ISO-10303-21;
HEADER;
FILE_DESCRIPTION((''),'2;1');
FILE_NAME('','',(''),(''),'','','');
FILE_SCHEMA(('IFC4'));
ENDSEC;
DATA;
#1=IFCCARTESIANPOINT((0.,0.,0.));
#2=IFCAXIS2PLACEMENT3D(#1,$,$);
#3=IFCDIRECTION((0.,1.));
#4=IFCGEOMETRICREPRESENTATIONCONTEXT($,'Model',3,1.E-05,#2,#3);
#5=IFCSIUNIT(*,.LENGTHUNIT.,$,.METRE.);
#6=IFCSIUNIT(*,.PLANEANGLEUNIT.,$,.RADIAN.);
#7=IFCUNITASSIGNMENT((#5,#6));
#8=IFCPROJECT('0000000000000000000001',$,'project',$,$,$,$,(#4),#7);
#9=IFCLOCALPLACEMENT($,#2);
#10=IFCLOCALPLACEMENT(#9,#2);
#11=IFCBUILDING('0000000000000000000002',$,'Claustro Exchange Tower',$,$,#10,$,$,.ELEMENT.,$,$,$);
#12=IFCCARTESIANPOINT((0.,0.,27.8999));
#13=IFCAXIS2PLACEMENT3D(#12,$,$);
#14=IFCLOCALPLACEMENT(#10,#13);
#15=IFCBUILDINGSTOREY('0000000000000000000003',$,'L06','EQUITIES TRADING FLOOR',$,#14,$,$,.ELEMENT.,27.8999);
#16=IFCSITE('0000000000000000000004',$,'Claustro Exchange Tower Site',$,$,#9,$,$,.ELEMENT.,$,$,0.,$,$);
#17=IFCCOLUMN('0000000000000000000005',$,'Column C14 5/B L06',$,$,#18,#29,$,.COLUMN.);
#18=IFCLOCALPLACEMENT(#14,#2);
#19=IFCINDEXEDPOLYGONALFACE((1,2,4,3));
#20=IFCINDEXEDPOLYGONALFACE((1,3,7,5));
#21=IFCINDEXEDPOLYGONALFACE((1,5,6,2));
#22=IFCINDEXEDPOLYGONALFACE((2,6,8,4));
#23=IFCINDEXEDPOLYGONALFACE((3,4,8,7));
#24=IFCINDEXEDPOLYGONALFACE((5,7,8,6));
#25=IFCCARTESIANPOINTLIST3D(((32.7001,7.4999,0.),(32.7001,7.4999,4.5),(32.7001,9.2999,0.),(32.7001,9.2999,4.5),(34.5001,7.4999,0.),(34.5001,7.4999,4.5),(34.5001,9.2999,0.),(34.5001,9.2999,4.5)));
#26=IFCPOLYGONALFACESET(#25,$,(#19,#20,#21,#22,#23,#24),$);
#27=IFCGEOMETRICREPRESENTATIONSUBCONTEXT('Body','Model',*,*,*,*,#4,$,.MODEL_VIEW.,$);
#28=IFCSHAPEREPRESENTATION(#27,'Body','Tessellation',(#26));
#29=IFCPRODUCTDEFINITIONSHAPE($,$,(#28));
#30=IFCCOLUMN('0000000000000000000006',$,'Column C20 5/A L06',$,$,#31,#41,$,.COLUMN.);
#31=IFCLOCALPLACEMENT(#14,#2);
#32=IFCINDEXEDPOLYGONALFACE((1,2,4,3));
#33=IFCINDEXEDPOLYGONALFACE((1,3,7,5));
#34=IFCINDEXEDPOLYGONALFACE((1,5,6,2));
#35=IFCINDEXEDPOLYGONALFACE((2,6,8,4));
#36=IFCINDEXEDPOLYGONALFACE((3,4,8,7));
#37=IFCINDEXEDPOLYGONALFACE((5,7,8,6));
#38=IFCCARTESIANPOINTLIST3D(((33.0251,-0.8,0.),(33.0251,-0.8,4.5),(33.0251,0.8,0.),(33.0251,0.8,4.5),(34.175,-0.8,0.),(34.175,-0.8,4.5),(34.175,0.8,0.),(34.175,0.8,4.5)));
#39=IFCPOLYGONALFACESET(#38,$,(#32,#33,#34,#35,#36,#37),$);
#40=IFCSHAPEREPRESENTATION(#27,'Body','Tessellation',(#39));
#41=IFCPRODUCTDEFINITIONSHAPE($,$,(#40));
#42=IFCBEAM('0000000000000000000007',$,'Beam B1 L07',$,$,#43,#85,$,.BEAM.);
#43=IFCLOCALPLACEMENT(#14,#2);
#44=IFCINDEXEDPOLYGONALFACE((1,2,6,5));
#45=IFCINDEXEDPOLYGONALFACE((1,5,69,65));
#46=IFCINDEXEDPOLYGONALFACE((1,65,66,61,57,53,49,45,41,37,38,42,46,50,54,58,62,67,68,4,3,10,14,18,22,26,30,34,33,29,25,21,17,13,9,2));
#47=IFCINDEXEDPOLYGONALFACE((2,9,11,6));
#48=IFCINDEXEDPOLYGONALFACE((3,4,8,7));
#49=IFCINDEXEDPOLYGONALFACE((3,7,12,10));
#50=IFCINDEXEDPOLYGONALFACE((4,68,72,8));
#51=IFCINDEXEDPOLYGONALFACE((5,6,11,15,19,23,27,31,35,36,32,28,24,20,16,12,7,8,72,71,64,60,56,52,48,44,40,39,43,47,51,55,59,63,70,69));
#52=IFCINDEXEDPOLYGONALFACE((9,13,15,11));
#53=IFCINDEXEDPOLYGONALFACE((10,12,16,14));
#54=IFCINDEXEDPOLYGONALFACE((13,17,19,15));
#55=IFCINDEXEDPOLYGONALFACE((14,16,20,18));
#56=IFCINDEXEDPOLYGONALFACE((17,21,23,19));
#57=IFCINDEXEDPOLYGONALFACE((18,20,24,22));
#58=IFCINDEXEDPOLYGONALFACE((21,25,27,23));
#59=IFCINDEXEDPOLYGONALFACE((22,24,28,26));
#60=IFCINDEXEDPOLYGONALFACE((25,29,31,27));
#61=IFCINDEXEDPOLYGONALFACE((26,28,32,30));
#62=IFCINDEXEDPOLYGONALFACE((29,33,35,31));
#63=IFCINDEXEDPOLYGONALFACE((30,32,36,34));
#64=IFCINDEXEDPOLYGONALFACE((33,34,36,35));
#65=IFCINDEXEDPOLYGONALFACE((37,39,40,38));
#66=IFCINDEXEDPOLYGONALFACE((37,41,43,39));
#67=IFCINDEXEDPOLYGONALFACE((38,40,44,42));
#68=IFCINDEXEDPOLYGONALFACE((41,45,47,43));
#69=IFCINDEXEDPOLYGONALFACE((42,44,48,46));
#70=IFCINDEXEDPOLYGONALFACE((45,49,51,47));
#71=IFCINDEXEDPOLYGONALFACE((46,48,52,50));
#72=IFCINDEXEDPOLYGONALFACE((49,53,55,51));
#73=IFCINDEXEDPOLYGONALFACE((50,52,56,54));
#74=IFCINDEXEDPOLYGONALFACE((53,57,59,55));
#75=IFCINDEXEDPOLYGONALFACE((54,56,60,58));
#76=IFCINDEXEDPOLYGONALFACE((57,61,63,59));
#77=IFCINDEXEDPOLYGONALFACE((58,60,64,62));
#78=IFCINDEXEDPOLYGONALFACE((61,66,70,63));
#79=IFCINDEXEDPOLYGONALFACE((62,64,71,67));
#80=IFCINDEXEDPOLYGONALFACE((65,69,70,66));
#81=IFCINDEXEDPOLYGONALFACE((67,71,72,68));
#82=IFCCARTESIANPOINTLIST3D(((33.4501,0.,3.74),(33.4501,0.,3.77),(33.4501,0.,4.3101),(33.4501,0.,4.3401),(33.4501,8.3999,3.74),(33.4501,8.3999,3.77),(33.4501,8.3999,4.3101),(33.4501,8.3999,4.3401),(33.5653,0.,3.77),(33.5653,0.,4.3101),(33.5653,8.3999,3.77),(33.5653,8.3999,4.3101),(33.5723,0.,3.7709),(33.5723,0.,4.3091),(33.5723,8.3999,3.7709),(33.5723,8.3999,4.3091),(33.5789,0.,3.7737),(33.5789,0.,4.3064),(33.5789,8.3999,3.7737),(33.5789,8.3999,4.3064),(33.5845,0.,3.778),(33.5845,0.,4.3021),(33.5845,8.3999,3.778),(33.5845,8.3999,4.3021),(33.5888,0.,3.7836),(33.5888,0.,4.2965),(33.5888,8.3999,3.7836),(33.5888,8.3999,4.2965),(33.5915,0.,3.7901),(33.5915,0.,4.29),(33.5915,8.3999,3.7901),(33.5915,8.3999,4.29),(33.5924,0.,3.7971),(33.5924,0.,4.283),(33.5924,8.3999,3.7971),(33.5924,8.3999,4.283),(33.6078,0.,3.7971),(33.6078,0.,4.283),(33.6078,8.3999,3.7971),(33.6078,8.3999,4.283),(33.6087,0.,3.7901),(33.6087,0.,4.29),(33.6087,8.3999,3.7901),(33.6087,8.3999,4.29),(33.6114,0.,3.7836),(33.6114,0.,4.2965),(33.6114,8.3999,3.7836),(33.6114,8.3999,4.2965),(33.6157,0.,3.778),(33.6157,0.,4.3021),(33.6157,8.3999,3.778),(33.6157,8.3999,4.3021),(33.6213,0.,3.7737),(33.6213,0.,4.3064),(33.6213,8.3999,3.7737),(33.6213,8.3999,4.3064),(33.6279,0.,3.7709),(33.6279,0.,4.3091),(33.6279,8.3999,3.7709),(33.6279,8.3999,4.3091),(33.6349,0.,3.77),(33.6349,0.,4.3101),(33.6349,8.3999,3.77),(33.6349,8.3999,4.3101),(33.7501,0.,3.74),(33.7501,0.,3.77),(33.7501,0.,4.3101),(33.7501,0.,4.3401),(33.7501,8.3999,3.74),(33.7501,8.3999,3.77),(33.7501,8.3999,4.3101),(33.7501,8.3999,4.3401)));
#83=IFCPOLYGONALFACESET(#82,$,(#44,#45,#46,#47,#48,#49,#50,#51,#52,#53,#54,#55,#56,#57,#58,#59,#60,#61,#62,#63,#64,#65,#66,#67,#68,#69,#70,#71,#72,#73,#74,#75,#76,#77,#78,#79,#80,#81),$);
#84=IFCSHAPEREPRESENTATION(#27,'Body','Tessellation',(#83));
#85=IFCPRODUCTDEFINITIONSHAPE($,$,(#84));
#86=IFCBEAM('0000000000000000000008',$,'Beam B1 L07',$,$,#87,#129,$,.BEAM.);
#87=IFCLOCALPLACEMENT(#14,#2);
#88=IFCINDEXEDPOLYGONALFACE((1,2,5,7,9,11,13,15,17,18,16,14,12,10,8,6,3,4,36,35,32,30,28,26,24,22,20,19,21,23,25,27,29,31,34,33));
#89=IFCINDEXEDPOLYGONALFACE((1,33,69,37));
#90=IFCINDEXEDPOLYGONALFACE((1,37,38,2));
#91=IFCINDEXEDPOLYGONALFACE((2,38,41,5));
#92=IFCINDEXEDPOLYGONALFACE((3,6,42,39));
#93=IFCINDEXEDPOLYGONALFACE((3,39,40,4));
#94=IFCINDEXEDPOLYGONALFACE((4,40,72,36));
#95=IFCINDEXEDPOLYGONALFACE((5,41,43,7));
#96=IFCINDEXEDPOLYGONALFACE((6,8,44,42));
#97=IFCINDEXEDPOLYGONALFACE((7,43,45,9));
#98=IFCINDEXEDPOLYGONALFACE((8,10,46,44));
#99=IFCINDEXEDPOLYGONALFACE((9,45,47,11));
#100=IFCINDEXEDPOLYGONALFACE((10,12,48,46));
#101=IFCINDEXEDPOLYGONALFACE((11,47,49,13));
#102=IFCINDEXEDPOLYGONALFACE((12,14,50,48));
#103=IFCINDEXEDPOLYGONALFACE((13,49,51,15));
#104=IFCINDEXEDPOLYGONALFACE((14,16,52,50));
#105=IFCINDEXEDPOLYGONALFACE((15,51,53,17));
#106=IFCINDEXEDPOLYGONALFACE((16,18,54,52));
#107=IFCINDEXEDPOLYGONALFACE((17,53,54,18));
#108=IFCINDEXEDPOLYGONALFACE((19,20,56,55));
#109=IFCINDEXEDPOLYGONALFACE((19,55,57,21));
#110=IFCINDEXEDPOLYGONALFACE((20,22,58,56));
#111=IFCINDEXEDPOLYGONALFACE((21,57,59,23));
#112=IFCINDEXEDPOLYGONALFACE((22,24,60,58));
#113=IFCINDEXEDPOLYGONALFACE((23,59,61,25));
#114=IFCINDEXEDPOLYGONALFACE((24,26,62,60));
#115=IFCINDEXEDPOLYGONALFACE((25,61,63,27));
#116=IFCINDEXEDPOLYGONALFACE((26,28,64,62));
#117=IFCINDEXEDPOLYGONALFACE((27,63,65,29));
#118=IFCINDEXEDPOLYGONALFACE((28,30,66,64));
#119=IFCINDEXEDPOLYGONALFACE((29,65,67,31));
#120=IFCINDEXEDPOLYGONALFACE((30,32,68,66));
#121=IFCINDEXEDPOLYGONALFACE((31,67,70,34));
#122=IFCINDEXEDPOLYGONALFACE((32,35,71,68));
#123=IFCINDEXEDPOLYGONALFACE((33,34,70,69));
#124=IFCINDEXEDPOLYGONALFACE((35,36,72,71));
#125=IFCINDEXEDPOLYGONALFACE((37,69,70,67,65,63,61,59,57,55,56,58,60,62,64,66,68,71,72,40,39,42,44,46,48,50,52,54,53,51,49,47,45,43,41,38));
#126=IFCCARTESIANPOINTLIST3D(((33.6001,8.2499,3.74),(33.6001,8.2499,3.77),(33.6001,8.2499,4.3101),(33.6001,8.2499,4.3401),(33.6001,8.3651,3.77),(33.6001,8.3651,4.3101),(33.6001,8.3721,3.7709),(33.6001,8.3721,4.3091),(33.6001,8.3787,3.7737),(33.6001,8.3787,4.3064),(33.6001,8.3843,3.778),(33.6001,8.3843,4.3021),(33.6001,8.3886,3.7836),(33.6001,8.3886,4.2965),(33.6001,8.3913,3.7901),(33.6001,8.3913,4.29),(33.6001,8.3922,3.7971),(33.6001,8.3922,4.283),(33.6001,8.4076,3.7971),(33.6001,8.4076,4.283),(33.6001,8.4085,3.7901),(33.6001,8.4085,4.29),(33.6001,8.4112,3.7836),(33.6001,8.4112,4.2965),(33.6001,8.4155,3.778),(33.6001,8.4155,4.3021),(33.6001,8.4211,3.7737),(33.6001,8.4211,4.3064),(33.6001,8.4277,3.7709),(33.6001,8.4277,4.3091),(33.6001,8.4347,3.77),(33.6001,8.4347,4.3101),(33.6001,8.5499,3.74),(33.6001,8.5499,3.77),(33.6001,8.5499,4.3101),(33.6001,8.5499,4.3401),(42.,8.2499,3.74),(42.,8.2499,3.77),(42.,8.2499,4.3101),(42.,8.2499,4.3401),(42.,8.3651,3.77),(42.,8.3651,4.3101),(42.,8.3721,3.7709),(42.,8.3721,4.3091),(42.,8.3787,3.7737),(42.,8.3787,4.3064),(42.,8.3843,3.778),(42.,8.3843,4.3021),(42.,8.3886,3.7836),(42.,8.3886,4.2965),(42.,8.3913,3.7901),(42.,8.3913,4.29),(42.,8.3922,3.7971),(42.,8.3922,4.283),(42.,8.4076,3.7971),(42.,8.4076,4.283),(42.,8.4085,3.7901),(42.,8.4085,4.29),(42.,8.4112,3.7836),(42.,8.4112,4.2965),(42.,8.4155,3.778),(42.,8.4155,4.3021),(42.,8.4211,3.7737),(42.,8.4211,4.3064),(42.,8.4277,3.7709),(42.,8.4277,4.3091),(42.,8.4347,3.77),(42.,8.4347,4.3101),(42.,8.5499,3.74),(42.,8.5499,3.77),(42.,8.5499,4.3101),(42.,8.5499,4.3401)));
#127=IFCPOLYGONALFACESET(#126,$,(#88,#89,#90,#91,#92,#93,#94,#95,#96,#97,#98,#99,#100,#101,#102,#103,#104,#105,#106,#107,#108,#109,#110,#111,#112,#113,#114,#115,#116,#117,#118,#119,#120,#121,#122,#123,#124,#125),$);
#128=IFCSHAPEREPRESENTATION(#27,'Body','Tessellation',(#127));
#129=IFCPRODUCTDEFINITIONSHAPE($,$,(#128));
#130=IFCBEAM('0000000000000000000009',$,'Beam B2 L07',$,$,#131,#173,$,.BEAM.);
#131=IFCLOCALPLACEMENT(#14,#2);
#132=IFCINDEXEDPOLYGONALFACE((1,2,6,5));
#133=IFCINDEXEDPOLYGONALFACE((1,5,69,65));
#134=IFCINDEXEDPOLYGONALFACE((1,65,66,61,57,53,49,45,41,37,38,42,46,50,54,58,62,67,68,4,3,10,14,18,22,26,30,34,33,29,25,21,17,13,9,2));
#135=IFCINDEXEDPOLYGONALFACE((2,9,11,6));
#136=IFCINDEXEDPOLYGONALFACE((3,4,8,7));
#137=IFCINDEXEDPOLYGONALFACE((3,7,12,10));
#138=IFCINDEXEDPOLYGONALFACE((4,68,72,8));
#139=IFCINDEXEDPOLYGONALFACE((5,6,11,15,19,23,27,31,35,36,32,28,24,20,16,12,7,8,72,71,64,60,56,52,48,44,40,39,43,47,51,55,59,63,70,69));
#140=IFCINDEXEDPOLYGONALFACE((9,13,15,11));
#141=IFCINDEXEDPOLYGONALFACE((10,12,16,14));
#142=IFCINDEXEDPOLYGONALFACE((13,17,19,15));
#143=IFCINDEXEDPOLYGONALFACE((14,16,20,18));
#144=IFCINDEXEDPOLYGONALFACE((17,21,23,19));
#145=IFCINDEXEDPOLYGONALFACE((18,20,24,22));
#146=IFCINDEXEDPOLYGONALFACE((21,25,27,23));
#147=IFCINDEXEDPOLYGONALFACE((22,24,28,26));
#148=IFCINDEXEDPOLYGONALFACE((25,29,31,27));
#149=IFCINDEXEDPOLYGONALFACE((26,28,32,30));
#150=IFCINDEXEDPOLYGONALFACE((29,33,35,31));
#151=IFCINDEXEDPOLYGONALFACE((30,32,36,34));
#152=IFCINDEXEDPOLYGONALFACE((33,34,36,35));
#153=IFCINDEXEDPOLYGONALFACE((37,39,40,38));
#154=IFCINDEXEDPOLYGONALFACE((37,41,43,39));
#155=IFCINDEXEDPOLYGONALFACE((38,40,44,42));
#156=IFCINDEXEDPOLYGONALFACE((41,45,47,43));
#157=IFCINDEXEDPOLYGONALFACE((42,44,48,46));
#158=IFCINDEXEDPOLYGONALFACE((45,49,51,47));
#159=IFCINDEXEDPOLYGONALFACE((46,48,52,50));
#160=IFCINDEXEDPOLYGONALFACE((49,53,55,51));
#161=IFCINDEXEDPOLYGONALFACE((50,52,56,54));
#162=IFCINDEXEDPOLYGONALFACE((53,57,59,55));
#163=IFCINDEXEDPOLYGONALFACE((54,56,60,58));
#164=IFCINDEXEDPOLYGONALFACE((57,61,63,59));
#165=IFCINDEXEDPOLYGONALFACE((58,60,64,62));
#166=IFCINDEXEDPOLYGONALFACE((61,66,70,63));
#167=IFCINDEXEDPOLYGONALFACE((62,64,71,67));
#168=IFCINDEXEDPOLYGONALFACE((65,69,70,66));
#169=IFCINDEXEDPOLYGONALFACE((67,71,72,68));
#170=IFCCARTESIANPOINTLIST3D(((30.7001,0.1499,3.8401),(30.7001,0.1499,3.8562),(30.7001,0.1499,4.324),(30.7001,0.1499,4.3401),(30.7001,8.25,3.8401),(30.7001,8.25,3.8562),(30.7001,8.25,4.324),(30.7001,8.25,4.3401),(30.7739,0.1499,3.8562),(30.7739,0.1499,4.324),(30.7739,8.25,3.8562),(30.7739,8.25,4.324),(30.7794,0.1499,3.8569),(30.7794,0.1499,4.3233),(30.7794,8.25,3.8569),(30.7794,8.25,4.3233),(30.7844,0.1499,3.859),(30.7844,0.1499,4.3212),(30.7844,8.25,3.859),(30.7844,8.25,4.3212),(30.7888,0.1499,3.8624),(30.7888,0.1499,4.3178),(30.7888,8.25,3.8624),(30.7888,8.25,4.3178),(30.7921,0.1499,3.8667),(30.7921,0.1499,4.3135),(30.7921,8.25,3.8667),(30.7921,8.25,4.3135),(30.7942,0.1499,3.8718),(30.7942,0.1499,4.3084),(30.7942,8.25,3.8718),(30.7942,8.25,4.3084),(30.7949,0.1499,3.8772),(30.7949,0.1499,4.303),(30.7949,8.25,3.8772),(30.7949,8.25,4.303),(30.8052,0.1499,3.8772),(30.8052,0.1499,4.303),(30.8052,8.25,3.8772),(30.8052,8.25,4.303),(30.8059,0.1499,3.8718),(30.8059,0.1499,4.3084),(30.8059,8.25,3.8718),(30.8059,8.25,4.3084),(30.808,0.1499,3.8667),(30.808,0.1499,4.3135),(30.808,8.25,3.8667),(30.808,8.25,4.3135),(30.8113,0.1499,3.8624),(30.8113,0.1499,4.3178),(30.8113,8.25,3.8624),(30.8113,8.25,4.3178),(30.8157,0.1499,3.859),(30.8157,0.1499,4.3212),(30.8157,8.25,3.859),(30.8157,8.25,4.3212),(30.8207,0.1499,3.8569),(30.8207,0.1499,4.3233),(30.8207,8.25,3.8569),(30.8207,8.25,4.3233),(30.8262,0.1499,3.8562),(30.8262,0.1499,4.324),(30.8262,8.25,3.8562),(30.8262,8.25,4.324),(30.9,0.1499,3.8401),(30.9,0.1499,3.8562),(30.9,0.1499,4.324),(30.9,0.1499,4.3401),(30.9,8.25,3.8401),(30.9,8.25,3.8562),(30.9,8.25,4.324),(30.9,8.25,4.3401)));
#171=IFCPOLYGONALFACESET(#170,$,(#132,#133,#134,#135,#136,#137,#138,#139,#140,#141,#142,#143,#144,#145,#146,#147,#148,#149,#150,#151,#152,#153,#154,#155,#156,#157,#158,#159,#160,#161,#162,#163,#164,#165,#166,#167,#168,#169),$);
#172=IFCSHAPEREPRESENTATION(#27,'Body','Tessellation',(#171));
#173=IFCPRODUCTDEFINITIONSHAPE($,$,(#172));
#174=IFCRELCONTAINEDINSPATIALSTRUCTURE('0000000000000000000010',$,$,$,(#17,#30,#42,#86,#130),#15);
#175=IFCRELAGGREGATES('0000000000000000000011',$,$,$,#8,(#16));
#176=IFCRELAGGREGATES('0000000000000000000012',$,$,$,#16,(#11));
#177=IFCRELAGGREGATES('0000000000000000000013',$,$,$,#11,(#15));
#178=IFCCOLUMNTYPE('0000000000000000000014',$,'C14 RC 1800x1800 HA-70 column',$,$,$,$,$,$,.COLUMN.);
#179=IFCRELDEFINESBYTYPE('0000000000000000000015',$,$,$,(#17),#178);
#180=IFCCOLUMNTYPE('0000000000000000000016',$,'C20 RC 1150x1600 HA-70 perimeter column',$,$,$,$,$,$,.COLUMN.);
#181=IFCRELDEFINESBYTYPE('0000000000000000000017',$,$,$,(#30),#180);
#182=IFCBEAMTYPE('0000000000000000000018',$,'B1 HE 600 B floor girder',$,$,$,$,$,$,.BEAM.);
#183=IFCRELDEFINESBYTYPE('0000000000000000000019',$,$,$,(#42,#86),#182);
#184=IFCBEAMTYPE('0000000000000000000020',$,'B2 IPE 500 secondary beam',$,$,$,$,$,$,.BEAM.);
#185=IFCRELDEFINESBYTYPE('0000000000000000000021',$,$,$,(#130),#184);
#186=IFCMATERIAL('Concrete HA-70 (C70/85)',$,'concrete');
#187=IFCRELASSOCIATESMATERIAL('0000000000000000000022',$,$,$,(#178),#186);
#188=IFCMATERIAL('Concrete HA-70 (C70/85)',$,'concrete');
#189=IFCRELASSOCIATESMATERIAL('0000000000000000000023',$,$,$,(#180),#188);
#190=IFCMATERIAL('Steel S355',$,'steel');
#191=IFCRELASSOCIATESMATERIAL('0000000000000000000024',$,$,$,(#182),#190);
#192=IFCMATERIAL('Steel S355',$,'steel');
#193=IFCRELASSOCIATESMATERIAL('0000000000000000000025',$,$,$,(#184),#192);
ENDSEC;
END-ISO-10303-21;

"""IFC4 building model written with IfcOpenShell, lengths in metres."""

from ifc_helpers import new_model, si_unit, direction, frame, origin, origin_2d, place, context, subcontext, project, spatial, rectangle, i_section, extrude, material, material_profile, profile_set, type_object, element, save


model = new_model("IFC4")

# Units and contexts
model_context = context("Model", 3, precision=1e-05, world=origin(), true_north=direction((0.0, 1.0)))
body_context = subcontext(model_context, "Body", "Model", "MODEL_VIEW")
ifc_project = project(units=[si_unit("LENGTHUNIT", "METRE"), si_unit("PLANEANGLEUNIT", "RADIAN")], contexts=[model_context])

# Site, building, storey
site_placement = place(None, origin())
site = spatial("IfcSite", under=ifc_project, at=site_placement, Name="Claustro Exchange Tower Site", CompositionType="ELEMENT", RefElevation=0.0)
building_placement = place(site_placement, origin())
building = spatial("IfcBuilding", under=site, at=building_placement, Name="Claustro Exchange Tower", CompositionType="ELEMENT")
storey_placement = place(building_placement, frame((0.0, 0.0, 27.8999)))
storey = spatial("IfcBuildingStorey", under=building, at=storey_placement, Name="L06", Description="EQUITIES TRADING FLOOR", CompositionType="ELEMENT", Elevation=27.8999)

# Columns
ifc_material_1 = material(Name="Concrete HA-70 (C70/85)", Category="concrete")
ifc_material_profile_1 = material_profile(ifc_material_1, rectangle(XDim=1.8, YDim=1.8, at=origin_2d()), Name="RC 1800x1800")
ifc_profile_set_1 = profile_set([ifc_material_profile_1], Name="Concrete HA-70 (C70/85)")
column_type_1 = type_object("IfcColumnType", Name="C14 RC 1800x1800 HA-70 column", PredefinedType="COLUMN", material=ifc_profile_set_1)
column_1_placement = place(storey_placement, frame((33.6001, 8.3999, 0.0), z_axis=(0.0, 0.0, 1.0), x_axis=(1.0, 0.0, 0.0)))
element("IfcColumn", 1, at=column_1_placement, inside=storey, type_object=column_type_1, Name="Column C14 5/B L06", PredefinedType="COLUMN", context=body_context, shape_type="SweptSolid", body=[
    extrude(rectangle(XDim=1.8, YDim=1.8, at=origin_2d()), origin(), (0.0, 0.0, 1.0), 4.5),
])
ifc_material_2 = material(Name="Concrete HA-70 (C70/85)", Category="concrete")
ifc_material_profile_2 = material_profile(ifc_material_2, rectangle(XDim=1.1499, YDim=1.6001, at=origin_2d()), Name="RC 1150x1600")
ifc_profile_set_2 = profile_set([ifc_material_profile_2], Name="Concrete HA-70 (C70/85)")
column_type_2 = type_object("IfcColumnType", Name="C20 RC 1150x1600 HA-70 perimeter column", PredefinedType="COLUMN", material=ifc_profile_set_2)
column_2_placement = place(storey_placement, frame((33.6001, 0.0, 0.0), z_axis=(0.0, 0.0, 1.0), x_axis=(1.0, 0.0, 0.0)))
element("IfcColumn", 2, at=column_2_placement, inside=storey, type_object=column_type_2, Name="Column C20 5/A L06", PredefinedType="COLUMN", context=body_context, shape_type="SweptSolid", body=[
    extrude(rectangle(XDim=1.1499, YDim=1.6001, at=origin_2d()), origin(), (0.0, 0.0, 1.0), 4.5),
])

# Beams
ifc_material_3 = material(Name="Steel S355", Category="steel")
ifc_material_profile_3 = material_profile(ifc_material_3, i_section(OverallWidth=0.3, OverallDepth=0.6001, WebThickness=0.0154, FlangeThickness=0.03, FilletRadius=0.0271, at=origin_2d()), Name="HE 600 B")
ifc_profile_set_3 = profile_set([ifc_material_profile_3], Name="Steel S355")
beam_type_1 = type_object("IfcBeamType", Name="B1 HE 600 B floor girder", PredefinedType="BEAM", material=ifc_profile_set_3)
for number, where, z_axis, x_axis, name in (
    (3, (33.6001, 0.0, 4.04), (0.0, 1.0, 0.0), (-1.0, 0.0, 0.0), "Beam B1 L07"),
    (4, (33.6001, 8.3999, 4.04), (1.0, 0.0, 0.0), (0.0, 1.0, 0.0), "Beam B1 L07"),
):
    element("IfcBeam", number, at=place(storey_placement, frame(where, z_axis=z_axis, x_axis=x_axis)), inside=storey, type_object=beam_type_1, Name=name, PredefinedType="BEAM", context=body_context, shape_type="SweptSolid", body=[
        extrude(i_section(OverallWidth=0.3, OverallDepth=0.6001, WebThickness=0.0154, FlangeThickness=0.03, FilletRadius=0.0271, at=origin_2d()), origin(), (0.0, 0.0, 1.0), 8.3999),
    ])
ifc_material_4 = material(Name="Steel S355", Category="steel")
ifc_material_profile_4 = material_profile(ifc_material_4, i_section(OverallWidth=0.2, OverallDepth=0.5, WebThickness=0.0103, FlangeThickness=0.0161, FilletRadius=0.021, at=origin_2d()), Name="IPE 500")
ifc_profile_set_4 = profile_set([ifc_material_profile_4], Name="Steel S355")
beam_type_2 = type_object("IfcBeamType", Name="B2 IPE 500 secondary beam", PredefinedType="BEAM", material=ifc_profile_set_4)
beam_1_placement = place(storey_placement, frame((30.8, 0.1499, 4.0901), z_axis=(0.0, 1.0, 0.0), x_axis=(-1.0, 0.0, 0.0)))
element("IfcBeam", 5, at=beam_1_placement, inside=storey, type_object=beam_type_2, Name="Beam B2 L07", PredefinedType="BEAM", context=body_context, shape_type="SweptSolid", body=[
    extrude(i_section(OverallWidth=0.2, OverallDepth=0.5, WebThickness=0.0103, FlangeThickness=0.0161, FilletRadius=0.021, at=origin_2d()), origin(), (0.0, 0.0, 1.0), 8.1001),
])

save(model, "model.ifc")
